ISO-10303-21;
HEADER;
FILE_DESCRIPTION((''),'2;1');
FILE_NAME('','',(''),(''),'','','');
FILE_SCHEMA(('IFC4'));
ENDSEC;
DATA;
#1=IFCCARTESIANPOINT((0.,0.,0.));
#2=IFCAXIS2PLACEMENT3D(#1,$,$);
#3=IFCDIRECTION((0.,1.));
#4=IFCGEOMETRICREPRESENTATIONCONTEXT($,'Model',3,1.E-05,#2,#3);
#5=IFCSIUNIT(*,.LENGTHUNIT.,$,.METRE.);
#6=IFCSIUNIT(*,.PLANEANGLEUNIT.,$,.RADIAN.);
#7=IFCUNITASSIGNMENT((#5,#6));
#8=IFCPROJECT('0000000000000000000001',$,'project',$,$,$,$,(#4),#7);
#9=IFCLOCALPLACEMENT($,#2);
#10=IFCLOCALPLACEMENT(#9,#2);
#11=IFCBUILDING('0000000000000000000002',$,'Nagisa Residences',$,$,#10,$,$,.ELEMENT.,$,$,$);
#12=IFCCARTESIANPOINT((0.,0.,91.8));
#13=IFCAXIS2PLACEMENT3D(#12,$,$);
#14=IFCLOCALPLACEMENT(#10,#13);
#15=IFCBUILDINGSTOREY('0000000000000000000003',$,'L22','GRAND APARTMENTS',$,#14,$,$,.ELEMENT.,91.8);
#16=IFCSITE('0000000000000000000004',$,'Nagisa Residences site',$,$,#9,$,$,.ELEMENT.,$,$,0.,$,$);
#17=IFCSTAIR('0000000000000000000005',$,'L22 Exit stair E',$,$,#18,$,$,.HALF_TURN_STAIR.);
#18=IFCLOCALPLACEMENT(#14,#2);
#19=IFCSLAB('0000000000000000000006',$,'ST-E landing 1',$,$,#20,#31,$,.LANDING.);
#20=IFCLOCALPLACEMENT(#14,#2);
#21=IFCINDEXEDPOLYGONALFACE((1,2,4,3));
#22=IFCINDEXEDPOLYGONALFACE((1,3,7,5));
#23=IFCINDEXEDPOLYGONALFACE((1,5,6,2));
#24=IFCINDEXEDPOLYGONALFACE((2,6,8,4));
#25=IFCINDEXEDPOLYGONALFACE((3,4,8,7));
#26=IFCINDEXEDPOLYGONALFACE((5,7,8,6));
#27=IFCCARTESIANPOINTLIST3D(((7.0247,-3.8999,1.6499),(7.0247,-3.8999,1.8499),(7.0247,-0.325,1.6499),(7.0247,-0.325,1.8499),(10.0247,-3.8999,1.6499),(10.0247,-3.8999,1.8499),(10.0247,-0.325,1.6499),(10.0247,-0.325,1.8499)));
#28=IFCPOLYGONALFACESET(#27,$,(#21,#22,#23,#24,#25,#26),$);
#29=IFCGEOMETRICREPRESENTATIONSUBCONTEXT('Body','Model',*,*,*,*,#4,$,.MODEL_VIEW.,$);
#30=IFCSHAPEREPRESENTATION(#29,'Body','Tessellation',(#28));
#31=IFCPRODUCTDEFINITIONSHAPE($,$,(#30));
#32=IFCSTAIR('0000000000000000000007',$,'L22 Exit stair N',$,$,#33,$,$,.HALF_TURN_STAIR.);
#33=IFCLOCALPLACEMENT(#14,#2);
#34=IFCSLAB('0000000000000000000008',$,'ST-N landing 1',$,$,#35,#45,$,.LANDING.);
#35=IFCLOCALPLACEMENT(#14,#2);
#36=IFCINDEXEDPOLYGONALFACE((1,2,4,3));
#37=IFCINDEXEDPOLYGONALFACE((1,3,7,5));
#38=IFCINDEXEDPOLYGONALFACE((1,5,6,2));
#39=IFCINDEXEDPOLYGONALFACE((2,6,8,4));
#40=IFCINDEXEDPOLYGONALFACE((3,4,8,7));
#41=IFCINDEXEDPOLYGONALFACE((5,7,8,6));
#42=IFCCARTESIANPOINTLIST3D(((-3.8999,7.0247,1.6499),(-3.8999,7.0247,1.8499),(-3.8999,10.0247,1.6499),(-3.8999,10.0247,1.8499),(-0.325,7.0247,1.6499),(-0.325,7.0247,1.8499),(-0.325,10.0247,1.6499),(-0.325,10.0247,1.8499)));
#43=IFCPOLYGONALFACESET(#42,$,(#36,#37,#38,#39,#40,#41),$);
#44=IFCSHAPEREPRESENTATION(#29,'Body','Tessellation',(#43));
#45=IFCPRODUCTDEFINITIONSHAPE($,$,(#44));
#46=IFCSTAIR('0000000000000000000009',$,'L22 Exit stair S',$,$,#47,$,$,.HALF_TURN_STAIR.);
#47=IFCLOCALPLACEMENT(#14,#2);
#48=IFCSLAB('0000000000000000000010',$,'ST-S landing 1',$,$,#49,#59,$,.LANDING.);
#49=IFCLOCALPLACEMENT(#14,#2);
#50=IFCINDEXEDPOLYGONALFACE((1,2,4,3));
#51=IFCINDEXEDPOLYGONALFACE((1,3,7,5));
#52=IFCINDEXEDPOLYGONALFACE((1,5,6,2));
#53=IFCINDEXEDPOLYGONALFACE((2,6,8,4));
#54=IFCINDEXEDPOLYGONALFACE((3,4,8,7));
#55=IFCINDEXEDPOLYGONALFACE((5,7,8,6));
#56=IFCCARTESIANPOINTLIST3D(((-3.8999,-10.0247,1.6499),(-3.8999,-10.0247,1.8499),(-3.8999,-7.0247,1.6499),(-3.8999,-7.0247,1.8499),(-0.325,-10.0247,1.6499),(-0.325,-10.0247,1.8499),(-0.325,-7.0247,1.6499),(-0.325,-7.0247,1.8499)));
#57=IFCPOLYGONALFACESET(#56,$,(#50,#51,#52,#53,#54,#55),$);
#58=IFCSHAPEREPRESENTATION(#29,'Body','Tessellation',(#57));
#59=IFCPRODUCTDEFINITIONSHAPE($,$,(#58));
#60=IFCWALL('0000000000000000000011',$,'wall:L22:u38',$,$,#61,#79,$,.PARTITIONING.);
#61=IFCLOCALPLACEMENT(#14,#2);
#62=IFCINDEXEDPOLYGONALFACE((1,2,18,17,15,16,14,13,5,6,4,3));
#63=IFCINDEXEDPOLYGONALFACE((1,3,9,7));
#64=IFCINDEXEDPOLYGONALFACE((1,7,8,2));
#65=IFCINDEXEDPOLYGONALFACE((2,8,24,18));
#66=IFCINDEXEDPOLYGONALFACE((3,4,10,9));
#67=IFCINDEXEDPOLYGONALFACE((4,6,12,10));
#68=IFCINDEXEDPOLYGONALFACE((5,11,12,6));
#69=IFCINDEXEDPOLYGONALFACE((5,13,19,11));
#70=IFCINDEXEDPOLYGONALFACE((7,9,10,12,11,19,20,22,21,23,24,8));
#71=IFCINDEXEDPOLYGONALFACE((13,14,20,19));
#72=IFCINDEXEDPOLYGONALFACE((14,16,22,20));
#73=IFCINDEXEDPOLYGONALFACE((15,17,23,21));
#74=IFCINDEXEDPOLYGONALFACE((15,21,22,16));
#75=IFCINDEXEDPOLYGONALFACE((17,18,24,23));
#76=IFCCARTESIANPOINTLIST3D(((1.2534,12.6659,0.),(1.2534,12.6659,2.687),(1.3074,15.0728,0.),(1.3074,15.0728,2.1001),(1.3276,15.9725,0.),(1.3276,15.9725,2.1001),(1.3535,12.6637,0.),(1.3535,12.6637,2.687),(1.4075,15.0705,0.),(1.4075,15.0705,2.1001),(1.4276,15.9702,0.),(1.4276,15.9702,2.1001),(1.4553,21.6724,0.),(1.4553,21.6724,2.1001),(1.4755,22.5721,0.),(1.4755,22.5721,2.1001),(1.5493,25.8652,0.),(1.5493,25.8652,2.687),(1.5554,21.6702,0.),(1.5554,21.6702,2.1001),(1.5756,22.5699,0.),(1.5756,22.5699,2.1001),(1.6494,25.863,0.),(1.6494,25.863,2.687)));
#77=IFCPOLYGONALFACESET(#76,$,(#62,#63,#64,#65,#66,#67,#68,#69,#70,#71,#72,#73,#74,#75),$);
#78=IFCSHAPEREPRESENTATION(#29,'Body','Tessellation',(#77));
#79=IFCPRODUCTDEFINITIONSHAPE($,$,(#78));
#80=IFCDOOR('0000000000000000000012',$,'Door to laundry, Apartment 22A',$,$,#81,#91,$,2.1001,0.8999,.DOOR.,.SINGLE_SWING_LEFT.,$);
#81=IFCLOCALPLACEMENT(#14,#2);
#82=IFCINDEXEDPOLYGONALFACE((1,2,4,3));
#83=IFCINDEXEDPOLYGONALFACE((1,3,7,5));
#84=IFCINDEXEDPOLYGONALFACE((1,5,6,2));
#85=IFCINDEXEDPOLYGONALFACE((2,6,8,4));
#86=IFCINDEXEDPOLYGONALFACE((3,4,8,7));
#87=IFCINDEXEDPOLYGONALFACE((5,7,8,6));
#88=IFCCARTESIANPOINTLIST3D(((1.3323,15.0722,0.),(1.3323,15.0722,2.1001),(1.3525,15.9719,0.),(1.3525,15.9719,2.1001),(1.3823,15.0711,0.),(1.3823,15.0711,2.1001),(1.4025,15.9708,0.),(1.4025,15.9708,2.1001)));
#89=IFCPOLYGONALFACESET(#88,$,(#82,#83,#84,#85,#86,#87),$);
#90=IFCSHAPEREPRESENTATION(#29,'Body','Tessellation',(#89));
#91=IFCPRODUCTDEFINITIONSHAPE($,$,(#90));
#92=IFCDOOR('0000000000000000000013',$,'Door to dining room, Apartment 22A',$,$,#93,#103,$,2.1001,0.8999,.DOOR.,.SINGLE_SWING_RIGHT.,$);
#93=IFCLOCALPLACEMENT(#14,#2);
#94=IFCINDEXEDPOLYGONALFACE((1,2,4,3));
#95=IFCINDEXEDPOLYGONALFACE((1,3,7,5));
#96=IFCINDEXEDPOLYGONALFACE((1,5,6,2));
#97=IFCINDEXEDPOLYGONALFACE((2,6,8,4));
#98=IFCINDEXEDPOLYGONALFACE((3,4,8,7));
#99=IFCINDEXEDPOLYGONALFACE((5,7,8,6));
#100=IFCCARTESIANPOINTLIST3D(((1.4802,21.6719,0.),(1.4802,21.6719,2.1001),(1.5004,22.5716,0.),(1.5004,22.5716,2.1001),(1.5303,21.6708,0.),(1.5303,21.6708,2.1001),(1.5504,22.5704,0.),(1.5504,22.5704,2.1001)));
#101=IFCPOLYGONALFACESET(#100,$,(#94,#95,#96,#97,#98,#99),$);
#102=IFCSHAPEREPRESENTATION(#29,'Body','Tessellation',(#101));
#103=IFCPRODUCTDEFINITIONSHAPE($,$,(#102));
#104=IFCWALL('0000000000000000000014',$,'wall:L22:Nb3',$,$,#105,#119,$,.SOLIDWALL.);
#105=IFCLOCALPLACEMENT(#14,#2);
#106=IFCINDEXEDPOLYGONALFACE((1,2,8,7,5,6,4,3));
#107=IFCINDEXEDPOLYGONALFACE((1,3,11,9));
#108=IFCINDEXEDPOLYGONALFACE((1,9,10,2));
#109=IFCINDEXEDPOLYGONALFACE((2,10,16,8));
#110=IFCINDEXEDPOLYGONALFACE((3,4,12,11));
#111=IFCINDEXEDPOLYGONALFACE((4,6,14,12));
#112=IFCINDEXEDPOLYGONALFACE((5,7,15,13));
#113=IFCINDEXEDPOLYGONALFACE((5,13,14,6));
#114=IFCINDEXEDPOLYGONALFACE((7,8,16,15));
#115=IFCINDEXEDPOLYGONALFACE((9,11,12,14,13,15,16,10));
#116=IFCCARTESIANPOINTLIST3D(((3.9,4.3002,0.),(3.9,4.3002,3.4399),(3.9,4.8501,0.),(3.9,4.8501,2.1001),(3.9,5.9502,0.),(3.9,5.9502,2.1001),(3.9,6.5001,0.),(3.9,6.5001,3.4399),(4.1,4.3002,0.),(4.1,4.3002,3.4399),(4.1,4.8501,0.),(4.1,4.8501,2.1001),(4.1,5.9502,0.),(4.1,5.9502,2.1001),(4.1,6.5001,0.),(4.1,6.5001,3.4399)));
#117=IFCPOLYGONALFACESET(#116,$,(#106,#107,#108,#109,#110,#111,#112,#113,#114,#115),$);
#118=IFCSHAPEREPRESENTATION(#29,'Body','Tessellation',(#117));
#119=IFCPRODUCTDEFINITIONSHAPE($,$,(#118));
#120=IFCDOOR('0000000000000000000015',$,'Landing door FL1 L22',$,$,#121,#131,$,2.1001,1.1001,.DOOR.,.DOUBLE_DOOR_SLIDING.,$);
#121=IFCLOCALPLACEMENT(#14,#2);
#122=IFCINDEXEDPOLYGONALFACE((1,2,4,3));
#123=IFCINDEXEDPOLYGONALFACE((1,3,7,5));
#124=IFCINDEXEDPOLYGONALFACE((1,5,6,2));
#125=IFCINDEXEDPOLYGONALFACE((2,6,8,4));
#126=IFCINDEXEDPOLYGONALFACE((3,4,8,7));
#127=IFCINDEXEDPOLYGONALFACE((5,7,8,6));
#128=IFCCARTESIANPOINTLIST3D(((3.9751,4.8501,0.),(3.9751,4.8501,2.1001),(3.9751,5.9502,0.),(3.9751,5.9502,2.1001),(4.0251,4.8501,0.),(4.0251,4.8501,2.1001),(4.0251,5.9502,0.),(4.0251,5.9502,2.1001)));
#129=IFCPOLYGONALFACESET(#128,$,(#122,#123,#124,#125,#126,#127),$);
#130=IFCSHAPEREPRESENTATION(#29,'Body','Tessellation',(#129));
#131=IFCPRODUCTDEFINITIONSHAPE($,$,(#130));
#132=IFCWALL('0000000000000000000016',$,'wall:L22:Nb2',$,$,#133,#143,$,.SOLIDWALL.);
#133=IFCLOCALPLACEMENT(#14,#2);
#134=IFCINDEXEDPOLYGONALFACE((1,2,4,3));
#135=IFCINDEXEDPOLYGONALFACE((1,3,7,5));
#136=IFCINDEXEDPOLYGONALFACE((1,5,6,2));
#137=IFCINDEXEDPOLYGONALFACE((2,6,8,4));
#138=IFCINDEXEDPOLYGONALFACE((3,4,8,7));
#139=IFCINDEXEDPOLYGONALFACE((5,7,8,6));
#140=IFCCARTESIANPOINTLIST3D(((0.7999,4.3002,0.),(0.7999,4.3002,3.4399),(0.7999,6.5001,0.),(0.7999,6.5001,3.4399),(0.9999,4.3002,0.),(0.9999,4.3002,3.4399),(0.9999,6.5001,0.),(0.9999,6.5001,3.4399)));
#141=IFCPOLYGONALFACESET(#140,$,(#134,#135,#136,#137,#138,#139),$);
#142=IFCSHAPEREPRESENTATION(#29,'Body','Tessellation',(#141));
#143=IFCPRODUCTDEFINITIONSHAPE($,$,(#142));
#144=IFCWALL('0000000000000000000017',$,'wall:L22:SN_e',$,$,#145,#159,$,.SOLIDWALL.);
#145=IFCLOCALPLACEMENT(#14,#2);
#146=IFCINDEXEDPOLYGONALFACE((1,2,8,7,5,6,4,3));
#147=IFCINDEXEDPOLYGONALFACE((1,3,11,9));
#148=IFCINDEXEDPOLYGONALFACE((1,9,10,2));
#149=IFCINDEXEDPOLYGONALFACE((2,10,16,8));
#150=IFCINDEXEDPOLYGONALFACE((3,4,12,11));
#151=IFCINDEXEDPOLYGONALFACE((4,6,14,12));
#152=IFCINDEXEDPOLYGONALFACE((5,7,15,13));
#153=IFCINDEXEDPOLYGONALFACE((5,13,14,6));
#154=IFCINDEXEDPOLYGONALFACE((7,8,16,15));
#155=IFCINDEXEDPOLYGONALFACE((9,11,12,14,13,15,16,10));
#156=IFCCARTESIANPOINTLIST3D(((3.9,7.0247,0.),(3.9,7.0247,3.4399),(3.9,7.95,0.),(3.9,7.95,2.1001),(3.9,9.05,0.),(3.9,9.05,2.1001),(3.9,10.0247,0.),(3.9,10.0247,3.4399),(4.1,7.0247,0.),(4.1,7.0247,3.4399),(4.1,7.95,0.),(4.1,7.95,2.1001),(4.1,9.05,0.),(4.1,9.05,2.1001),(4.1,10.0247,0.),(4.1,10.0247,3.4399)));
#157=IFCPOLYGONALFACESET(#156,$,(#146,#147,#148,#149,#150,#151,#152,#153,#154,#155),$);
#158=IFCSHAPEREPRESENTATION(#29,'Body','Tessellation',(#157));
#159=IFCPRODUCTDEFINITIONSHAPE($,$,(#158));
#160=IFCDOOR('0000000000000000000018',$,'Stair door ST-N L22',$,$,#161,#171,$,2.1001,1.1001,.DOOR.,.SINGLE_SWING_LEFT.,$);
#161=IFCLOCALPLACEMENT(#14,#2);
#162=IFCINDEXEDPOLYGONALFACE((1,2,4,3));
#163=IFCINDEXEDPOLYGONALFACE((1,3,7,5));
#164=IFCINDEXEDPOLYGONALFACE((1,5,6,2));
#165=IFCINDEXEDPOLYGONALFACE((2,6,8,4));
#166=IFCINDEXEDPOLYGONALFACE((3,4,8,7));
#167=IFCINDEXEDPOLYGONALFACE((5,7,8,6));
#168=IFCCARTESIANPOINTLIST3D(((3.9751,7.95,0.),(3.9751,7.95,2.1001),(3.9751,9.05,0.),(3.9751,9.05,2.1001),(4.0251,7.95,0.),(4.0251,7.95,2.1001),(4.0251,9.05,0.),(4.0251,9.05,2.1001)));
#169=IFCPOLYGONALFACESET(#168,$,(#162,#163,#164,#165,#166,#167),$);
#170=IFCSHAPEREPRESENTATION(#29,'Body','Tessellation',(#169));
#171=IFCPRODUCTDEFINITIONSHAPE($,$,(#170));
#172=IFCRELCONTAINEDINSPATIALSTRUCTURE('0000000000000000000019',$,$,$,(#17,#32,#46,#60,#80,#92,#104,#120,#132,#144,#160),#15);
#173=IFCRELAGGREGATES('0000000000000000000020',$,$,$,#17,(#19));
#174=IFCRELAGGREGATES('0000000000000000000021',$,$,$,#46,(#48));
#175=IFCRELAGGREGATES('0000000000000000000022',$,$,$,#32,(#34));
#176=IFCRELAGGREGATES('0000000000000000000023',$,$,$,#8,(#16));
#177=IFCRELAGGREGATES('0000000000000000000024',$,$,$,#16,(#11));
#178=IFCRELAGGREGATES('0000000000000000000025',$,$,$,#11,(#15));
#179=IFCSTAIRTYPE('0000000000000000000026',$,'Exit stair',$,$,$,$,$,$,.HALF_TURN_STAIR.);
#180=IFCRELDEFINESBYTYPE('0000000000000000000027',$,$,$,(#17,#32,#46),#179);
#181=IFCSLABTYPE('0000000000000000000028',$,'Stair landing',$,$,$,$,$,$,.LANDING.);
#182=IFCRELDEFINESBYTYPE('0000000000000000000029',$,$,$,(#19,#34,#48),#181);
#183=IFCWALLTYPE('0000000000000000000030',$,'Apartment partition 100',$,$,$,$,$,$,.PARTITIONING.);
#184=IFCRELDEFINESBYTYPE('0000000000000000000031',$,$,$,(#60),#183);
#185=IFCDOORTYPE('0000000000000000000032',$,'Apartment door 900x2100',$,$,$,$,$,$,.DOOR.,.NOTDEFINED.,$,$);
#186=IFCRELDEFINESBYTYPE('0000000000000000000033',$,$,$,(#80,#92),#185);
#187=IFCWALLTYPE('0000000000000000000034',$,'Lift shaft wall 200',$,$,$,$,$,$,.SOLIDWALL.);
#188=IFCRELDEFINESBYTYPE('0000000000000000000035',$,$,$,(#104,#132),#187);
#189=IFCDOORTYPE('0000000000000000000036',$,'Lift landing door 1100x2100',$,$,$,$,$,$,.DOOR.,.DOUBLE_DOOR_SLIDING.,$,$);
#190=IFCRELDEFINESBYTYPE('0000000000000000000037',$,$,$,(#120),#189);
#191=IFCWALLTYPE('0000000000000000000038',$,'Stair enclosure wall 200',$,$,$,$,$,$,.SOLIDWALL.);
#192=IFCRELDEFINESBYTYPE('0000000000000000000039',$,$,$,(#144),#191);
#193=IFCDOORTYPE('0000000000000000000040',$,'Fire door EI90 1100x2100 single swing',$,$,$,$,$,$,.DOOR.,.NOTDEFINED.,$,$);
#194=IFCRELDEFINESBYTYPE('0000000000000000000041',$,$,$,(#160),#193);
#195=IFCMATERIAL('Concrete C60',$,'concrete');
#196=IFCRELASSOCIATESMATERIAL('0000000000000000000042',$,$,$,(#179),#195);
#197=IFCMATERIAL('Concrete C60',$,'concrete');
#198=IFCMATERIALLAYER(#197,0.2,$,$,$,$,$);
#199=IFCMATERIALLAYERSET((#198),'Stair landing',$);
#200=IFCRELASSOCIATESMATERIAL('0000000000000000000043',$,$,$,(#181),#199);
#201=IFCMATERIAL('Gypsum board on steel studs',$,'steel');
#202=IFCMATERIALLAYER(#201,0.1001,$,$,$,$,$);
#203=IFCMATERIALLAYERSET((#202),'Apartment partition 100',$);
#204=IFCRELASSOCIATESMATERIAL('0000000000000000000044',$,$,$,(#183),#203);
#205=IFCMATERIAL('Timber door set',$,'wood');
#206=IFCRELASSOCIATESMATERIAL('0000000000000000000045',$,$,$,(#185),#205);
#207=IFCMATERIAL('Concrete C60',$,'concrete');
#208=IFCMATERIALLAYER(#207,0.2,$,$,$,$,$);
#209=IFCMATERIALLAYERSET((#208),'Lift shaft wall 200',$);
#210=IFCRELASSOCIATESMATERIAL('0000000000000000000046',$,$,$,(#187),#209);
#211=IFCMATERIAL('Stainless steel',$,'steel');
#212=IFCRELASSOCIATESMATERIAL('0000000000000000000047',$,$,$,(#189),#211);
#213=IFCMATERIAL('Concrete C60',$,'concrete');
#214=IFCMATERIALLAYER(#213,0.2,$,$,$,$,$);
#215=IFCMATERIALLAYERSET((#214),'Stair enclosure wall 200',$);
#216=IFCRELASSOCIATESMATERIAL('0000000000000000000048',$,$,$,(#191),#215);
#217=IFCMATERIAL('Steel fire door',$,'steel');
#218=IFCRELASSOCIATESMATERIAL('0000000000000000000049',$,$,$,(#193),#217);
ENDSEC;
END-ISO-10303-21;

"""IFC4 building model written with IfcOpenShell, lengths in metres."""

from ifc_helpers import new_model, si_unit, direction, frame, frame_2d, origin, place, context, subcontext, project, spatial, polyline, rectangle, outline, extrude, material, layer, layer_set, type_object, element, fill, aggregate, save


model = new_model("IFC4")

# Units and contexts
model_context = context("Model", 3, precision=1e-05, world=origin(), true_north=direction((0.0, 1.0)))
body_context = subcontext(model_context, "Body", "Model", "MODEL_VIEW")
ifc_project = project(units=[si_unit("LENGTHUNIT", "METRE"), si_unit("PLANEANGLEUNIT", "RADIAN")], contexts=[model_context])

# Site, building, storey
site_placement = place(None, origin())
site = spatial("IfcSite", under=ifc_project, at=site_placement, Name="Nagisa Residences site", CompositionType="ELEMENT", RefElevation=0.0)
building_placement = place(site_placement, origin())
building = spatial("IfcBuilding", under=site, at=building_placement, Name="Nagisa Residences", CompositionType="ELEMENT")
storey_placement = place(building_placement, frame((0.0, 0.0, 91.8)))
storey = spatial("IfcBuildingStorey", under=building, at=storey_placement, Name="L22", Description="GRAND APARTMENTS", CompositionType="ELEMENT", Elevation=91.8)

# Stairs, slabs
ifc_material_1 = material(Name="Concrete C60", Category="concrete")
stair_type = type_object("IfcStairType", Name="Exit stair", PredefinedType="HALF_TURN_STAIR", material=ifc_material_1)
stair_1_placement = place(storey_placement, origin())
stair_1 = element("IfcStair", 1, at=stair_1_placement, inside=storey, type_object=stair_type, Name="L22 Exit stair E", PredefinedType="HALF_TURN_STAIR")
ifc_material_2 = material(Name="Concrete C60", Category="concrete")
ifc_layer_1 = layer(ifc_material_2, 0.2)
ifc_layer_set_1 = layer_set([ifc_layer_1], Name="Stair landing")
slab_type = type_object("IfcSlabType", Name="Stair landing", PredefinedType="LANDING", material=ifc_layer_set_1)
slab_1_placement = place(storey_placement, frame((0.0, 0.0, 1.6499)))
slab_1 = element("IfcSlab", 2, at=slab_1_placement, type_object=slab_type, Name="ST-E landing 1", PredefinedType="LANDING", context=body_context, shape_type="SweptSolid", body=[
    extrude(outline(polyline([(7.0247, -0.325), (7.0247, -3.8999), (10.0247, -3.8999), (10.0247, -0.325), (7.0247, -0.325)])), origin(), (0.0, 0.0, 1.0), 0.2),
])
aggregate(stair_1, [slab_1])
stair_2_placement = place(storey_placement, origin())
stair_2 = element("IfcStair", 3, at=stair_2_placement, inside=storey, type_object=stair_type, Name="L22 Exit stair N", PredefinedType="HALF_TURN_STAIR")
slab_2_placement = place(storey_placement, frame((0.0, 0.0, 1.6499)))
slab_2 = element("IfcSlab", 4, at=slab_2_placement, type_object=slab_type, Name="ST-N landing 1", PredefinedType="LANDING", context=body_context, shape_type="SweptSolid", body=[
    extrude(outline(polyline([(-0.325, 10.0247), (-3.8999, 10.0247), (-3.8999, 7.0247), (-0.325, 7.0247), (-0.325, 10.0247)])), origin(), (0.0, 0.0, 1.0), 0.2),
])
stair_3_placement = place(storey_placement, origin())
stair_3 = element("IfcStair", 5, at=stair_3_placement, inside=storey, type_object=stair_type, Name="L22 Exit stair S", PredefinedType="HALF_TURN_STAIR")
slab_3_placement = place(storey_placement, frame((0.0, 0.0, 1.6499)))
slab_3 = element("IfcSlab", 6, at=slab_3_placement, type_object=slab_type, Name="ST-S landing 1", PredefinedType="LANDING", context=body_context, shape_type="SweptSolid", body=[
    extrude(outline(polyline([(-0.325, -7.0247), (-3.8999, -7.0247), (-3.8999, -10.0247), (-0.325, -10.0247), (-0.325, -7.0247)])), origin(), (0.0, 0.0, 1.0), 0.2),
])
aggregate(stair_3, [slab_3])

# Wall, openings, doors
ifc_material_3 = material(Name="Gypsum board on steel studs", Category="steel")
ifc_layer_2 = layer(ifc_material_3, 0.1001)
ifc_layer_set_2 = layer_set([ifc_layer_2], Name="Apartment partition 100")
wall_type_1 = type_object("IfcWallType", Name="Apartment partition 100", PredefinedType="PARTITIONING", material=ifc_layer_set_2)
wall_1_placement = place(storey_placement, frame((1.3035, 12.6648, 0.0), z_axis=(0.0, 0.0, 1.0), x_axis=(0.022412, 0.999749, 0.0)))
wall_1 = element("IfcWall", 7, at=wall_1_placement, inside=storey, type_object=wall_type_1, Name="wall:L22:u38", PredefinedType="PARTITIONING", context=body_context, shape_type="SweptSolid", body=[
    extrude(rectangle(XDim=13.2026, YDim=0.1001, at=frame_2d((6.6013, 0.0))), origin(), (0.0, 0.0, 1.0), 2.687),
])
opening_1_placement = place(wall_1_placement, frame((2.4075, 0.0, 0.0)))
opening_1 = element("IfcOpeningElement", 8, at=opening_1_placement, cuts=wall_1, PredefinedType="OPENING", context=body_context, shape_type="SweptSolid", body=[
    extrude(rectangle(XDim=0.8999, YDim=2.1001, at=frame_2d((0.45, 1.05))), frame((0.0, 0.0601, 0.0), z_axis=(0.0, -1.0, 0.0), x_axis=(1.0, 0.0, 0.0)), (0.0, 0.0, 1.0), 0.1201),
])
opening_2_placement = place(wall_1_placement, frame((9.0088, 0.0, 0.0)))
opening_2 = element("IfcOpeningElement", 9, at=opening_2_placement, cuts=wall_1, PredefinedType="OPENING", context=body_context, shape_type="SweptSolid", body=[
    extrude(rectangle(XDim=0.8999, YDim=2.1001, at=frame_2d((0.45, 1.05))), frame((0.0, 0.0601, 0.0), z_axis=(0.0, -1.0, 0.0), x_axis=(1.0, 0.0, 0.0)), (0.0, 0.0, 1.0), 0.1201),
])
ifc_material_4 = material(Name="Timber door set", Category="wood")
door_type_1 = type_object("IfcDoorType", Name="Apartment door 900x2100", OperationType="NOTDEFINED", PredefinedType="DOOR", material=ifc_material_4)
door_1_placement = place(opening_1_placement, frame((0.8999, 0.0, 0.0), x_axis=(-1.0, 0.0, 0.0)))
door_1 = element("IfcDoor", 10, at=door_1_placement, inside=storey, type_object=door_type_1, Name="Door to laundry, Apartment 22A", OperationType="SINGLE_SWING_LEFT", OverallHeight=2.1001, OverallWidth=0.8999, PredefinedType="DOOR", context=body_context, shape_type="SweptSolid", body=[
    extrude(rectangle(XDim=0.8999, YDim=2.1001, at=frame_2d((0.45, 1.05))), frame((0.0, 0.0249, 0.0), z_axis=(0.0, -1.0, 0.0), x_axis=(1.0, 0.0, 0.0)), (0.0, 0.0, 1.0), 0.05),
])
fill(opening_1, door_1)
door_2_placement = place(opening_2_placement, frame((0.8999, 0.0, 0.0), x_axis=(-1.0, 0.0, 0.0)))
door_2 = element("IfcDoor", 11, at=door_2_placement, inside=storey, type_object=door_type_1, Name="Door to dining room, Apartment 22A", OperationType="SINGLE_SWING_RIGHT", OverallHeight=2.1001, OverallWidth=0.8999, PredefinedType="DOOR", context=body_context, shape_type="SweptSolid", body=[
    extrude(rectangle(XDim=0.8999, YDim=2.1001, at=frame_2d((0.45, 1.05))), frame((0.0, 0.0249, 0.0), z_axis=(0.0, -1.0, 0.0), x_axis=(1.0, 0.0, 0.0)), (0.0, 0.0, 1.0), 0.05),
])
fill(opening_2, door_2)

# Wall, opening, door
ifc_material_5 = material(Name="Concrete C60", Category="concrete")
ifc_layer_3 = layer(ifc_material_5, 0.2)
ifc_layer_set_3 = layer_set([ifc_layer_3], Name="Lift shaft wall 200")
wall_type_2 = type_object("IfcWallType", Name="Lift shaft wall 200", PredefinedType="SOLIDWALL", material=ifc_layer_set_3)
wall_2_placement = place(storey_placement, frame((4.0, 4.3, 0.0), z_axis=(0.0, 0.0, 1.0), x_axis=(0.0, 1.0, 0.0)))
wall_2 = element("IfcWall", 12, at=wall_2_placement, inside=storey, type_object=wall_type_2, Name="wall:L22:Nb3", PredefinedType="SOLIDWALL", context=body_context, shape_type="SweptSolid", body=[
    extrude(rectangle(XDim=2.2, YDim=0.2, at=frame_2d((1.1001, 0.0))), origin(), (0.0, 0.0, 1.0), 3.4399),
])
opening_3_placement = place(wall_2_placement, frame((0.55, 0.0, 0.0)))
opening_3 = element("IfcOpeningElement", 13, at=opening_3_placement, cuts=wall_2, PredefinedType="OPENING", context=body_context, shape_type="SweptSolid", body=[
    extrude(rectangle(XDim=1.1001, YDim=2.1001, at=frame_2d((0.55, 1.05))), frame((0.0, 0.1099, 0.0), z_axis=(0.0, -1.0, 0.0), x_axis=(1.0, 0.0, 0.0)), (0.0, 0.0, 1.0), 0.22),
])
ifc_material_6 = material(Name="Stainless steel", Category="steel")
door_type_2 = type_object("IfcDoorType", Name="Lift landing door 1100x2100", OperationType="DOUBLE_DOOR_SLIDING", PredefinedType="DOOR", material=ifc_material_6)
door_3_placement = place(opening_3_placement, origin())
door_3 = element("IfcDoor", 14, at=door_3_placement, inside=storey, type_object=door_type_2, Name="Landing door FL1 L22", OperationType="DOUBLE_DOOR_SLIDING", OverallHeight=2.1001, OverallWidth=1.1001, PredefinedType="DOOR", context=body_context, shape_type="SweptSolid", body=[
    extrude(rectangle(XDim=1.1001, YDim=2.1001, at=frame_2d((0.55, 1.05))), frame((0.0, 0.0249, 0.0), z_axis=(0.0, -1.0, 0.0), x_axis=(1.0, 0.0, 0.0)), (0.0, 0.0, 1.0), 0.05),
])
fill(opening_3, door_3)

# Wall
wall_3_placement = place(storey_placement, frame((0.8999, 4.3, 0.0), z_axis=(0.0, 0.0, 1.0), x_axis=(0.0, 1.0, 0.0)))
element("IfcWall", 15, at=wall_3_placement, inside=storey, type_object=wall_type_2, Name="wall:L22:Nb2", PredefinedType="SOLIDWALL", context=body_context, shape_type="SweptSolid", body=[
    extrude(rectangle(XDim=2.2, YDim=0.2, at=frame_2d((1.1001, 0.0))), origin(), (0.0, 0.0, 1.0), 3.4399),
])

# Wall, opening, door
ifc_material_7 = material(Name="Concrete C60", Category="concrete")
ifc_layer_4 = layer(ifc_material_7, 0.2)
ifc_layer_set_4 = layer_set([ifc_layer_4], Name="Stair enclosure wall 200")
wall_type_3 = type_object("IfcWallType", Name="Stair enclosure wall 200", PredefinedType="SOLIDWALL", material=ifc_layer_set_4)
wall_4_placement = place(storey_placement, frame((4.0, 7.0247, 0.0), z_axis=(0.0, 0.0, 1.0), x_axis=(0.0, 1.0, 0.0)))
wall_4 = element("IfcWall", 16, at=wall_4_placement, inside=storey, type_object=wall_type_3, Name="wall:L22:SN_e", PredefinedType="SOLIDWALL", context=body_context, shape_type="SweptSolid", body=[
    extrude(rectangle(XDim=3.0, YDim=0.2, at=frame_2d((1.5, 0.0))), origin(), (0.0, 0.0, 1.0), 3.4399),
])
opening_4_placement = place(wall_4_placement, frame((0.9253, 0.0, 0.0)))
opening_4 = element("IfcOpeningElement", 17, at=opening_4_placement, cuts=wall_4, PredefinedType="OPENING", context=body_context, shape_type="SweptSolid", body=[
    extrude(rectangle(XDim=1.1001, YDim=2.1001, at=frame_2d((0.55, 1.05))), frame((0.0, 0.1099, 0.0), z_axis=(0.0, -1.0, 0.0), x_axis=(1.0, 0.0, 0.0)), (0.0, 0.0, 1.0), 0.22),
])
ifc_material_8 = material(Name="Steel fire door", Category="steel")
door_type_3 = type_object("IfcDoorType", Name="Fire door EI90 1100x2100 single swing", OperationType="NOTDEFINED", PredefinedType="DOOR", material=ifc_material_8)
door_4_placement = place(opening_4_placement, origin())
door_4 = element("IfcDoor", 18, at=door_4_placement, inside=storey, type_object=door_type_3, Name="Stair door ST-N L22", OperationType="SINGLE_SWING_LEFT", OverallHeight=2.1001, OverallWidth=1.1001, PredefinedType="DOOR", context=body_context, shape_type="SweptSolid", body=[
    extrude(rectangle(XDim=1.1001, YDim=2.1001, at=frame_2d((0.55, 1.05))), frame((0.0, 0.0249, 0.0), z_axis=(0.0, -1.0, 0.0), x_axis=(1.0, 0.0, 0.0)), (0.0, 0.0, 1.0), 0.05),
])
fill(opening_4, door_4)

aggregate(stair_2, [slab_2])

save(model, "model.ifc")
